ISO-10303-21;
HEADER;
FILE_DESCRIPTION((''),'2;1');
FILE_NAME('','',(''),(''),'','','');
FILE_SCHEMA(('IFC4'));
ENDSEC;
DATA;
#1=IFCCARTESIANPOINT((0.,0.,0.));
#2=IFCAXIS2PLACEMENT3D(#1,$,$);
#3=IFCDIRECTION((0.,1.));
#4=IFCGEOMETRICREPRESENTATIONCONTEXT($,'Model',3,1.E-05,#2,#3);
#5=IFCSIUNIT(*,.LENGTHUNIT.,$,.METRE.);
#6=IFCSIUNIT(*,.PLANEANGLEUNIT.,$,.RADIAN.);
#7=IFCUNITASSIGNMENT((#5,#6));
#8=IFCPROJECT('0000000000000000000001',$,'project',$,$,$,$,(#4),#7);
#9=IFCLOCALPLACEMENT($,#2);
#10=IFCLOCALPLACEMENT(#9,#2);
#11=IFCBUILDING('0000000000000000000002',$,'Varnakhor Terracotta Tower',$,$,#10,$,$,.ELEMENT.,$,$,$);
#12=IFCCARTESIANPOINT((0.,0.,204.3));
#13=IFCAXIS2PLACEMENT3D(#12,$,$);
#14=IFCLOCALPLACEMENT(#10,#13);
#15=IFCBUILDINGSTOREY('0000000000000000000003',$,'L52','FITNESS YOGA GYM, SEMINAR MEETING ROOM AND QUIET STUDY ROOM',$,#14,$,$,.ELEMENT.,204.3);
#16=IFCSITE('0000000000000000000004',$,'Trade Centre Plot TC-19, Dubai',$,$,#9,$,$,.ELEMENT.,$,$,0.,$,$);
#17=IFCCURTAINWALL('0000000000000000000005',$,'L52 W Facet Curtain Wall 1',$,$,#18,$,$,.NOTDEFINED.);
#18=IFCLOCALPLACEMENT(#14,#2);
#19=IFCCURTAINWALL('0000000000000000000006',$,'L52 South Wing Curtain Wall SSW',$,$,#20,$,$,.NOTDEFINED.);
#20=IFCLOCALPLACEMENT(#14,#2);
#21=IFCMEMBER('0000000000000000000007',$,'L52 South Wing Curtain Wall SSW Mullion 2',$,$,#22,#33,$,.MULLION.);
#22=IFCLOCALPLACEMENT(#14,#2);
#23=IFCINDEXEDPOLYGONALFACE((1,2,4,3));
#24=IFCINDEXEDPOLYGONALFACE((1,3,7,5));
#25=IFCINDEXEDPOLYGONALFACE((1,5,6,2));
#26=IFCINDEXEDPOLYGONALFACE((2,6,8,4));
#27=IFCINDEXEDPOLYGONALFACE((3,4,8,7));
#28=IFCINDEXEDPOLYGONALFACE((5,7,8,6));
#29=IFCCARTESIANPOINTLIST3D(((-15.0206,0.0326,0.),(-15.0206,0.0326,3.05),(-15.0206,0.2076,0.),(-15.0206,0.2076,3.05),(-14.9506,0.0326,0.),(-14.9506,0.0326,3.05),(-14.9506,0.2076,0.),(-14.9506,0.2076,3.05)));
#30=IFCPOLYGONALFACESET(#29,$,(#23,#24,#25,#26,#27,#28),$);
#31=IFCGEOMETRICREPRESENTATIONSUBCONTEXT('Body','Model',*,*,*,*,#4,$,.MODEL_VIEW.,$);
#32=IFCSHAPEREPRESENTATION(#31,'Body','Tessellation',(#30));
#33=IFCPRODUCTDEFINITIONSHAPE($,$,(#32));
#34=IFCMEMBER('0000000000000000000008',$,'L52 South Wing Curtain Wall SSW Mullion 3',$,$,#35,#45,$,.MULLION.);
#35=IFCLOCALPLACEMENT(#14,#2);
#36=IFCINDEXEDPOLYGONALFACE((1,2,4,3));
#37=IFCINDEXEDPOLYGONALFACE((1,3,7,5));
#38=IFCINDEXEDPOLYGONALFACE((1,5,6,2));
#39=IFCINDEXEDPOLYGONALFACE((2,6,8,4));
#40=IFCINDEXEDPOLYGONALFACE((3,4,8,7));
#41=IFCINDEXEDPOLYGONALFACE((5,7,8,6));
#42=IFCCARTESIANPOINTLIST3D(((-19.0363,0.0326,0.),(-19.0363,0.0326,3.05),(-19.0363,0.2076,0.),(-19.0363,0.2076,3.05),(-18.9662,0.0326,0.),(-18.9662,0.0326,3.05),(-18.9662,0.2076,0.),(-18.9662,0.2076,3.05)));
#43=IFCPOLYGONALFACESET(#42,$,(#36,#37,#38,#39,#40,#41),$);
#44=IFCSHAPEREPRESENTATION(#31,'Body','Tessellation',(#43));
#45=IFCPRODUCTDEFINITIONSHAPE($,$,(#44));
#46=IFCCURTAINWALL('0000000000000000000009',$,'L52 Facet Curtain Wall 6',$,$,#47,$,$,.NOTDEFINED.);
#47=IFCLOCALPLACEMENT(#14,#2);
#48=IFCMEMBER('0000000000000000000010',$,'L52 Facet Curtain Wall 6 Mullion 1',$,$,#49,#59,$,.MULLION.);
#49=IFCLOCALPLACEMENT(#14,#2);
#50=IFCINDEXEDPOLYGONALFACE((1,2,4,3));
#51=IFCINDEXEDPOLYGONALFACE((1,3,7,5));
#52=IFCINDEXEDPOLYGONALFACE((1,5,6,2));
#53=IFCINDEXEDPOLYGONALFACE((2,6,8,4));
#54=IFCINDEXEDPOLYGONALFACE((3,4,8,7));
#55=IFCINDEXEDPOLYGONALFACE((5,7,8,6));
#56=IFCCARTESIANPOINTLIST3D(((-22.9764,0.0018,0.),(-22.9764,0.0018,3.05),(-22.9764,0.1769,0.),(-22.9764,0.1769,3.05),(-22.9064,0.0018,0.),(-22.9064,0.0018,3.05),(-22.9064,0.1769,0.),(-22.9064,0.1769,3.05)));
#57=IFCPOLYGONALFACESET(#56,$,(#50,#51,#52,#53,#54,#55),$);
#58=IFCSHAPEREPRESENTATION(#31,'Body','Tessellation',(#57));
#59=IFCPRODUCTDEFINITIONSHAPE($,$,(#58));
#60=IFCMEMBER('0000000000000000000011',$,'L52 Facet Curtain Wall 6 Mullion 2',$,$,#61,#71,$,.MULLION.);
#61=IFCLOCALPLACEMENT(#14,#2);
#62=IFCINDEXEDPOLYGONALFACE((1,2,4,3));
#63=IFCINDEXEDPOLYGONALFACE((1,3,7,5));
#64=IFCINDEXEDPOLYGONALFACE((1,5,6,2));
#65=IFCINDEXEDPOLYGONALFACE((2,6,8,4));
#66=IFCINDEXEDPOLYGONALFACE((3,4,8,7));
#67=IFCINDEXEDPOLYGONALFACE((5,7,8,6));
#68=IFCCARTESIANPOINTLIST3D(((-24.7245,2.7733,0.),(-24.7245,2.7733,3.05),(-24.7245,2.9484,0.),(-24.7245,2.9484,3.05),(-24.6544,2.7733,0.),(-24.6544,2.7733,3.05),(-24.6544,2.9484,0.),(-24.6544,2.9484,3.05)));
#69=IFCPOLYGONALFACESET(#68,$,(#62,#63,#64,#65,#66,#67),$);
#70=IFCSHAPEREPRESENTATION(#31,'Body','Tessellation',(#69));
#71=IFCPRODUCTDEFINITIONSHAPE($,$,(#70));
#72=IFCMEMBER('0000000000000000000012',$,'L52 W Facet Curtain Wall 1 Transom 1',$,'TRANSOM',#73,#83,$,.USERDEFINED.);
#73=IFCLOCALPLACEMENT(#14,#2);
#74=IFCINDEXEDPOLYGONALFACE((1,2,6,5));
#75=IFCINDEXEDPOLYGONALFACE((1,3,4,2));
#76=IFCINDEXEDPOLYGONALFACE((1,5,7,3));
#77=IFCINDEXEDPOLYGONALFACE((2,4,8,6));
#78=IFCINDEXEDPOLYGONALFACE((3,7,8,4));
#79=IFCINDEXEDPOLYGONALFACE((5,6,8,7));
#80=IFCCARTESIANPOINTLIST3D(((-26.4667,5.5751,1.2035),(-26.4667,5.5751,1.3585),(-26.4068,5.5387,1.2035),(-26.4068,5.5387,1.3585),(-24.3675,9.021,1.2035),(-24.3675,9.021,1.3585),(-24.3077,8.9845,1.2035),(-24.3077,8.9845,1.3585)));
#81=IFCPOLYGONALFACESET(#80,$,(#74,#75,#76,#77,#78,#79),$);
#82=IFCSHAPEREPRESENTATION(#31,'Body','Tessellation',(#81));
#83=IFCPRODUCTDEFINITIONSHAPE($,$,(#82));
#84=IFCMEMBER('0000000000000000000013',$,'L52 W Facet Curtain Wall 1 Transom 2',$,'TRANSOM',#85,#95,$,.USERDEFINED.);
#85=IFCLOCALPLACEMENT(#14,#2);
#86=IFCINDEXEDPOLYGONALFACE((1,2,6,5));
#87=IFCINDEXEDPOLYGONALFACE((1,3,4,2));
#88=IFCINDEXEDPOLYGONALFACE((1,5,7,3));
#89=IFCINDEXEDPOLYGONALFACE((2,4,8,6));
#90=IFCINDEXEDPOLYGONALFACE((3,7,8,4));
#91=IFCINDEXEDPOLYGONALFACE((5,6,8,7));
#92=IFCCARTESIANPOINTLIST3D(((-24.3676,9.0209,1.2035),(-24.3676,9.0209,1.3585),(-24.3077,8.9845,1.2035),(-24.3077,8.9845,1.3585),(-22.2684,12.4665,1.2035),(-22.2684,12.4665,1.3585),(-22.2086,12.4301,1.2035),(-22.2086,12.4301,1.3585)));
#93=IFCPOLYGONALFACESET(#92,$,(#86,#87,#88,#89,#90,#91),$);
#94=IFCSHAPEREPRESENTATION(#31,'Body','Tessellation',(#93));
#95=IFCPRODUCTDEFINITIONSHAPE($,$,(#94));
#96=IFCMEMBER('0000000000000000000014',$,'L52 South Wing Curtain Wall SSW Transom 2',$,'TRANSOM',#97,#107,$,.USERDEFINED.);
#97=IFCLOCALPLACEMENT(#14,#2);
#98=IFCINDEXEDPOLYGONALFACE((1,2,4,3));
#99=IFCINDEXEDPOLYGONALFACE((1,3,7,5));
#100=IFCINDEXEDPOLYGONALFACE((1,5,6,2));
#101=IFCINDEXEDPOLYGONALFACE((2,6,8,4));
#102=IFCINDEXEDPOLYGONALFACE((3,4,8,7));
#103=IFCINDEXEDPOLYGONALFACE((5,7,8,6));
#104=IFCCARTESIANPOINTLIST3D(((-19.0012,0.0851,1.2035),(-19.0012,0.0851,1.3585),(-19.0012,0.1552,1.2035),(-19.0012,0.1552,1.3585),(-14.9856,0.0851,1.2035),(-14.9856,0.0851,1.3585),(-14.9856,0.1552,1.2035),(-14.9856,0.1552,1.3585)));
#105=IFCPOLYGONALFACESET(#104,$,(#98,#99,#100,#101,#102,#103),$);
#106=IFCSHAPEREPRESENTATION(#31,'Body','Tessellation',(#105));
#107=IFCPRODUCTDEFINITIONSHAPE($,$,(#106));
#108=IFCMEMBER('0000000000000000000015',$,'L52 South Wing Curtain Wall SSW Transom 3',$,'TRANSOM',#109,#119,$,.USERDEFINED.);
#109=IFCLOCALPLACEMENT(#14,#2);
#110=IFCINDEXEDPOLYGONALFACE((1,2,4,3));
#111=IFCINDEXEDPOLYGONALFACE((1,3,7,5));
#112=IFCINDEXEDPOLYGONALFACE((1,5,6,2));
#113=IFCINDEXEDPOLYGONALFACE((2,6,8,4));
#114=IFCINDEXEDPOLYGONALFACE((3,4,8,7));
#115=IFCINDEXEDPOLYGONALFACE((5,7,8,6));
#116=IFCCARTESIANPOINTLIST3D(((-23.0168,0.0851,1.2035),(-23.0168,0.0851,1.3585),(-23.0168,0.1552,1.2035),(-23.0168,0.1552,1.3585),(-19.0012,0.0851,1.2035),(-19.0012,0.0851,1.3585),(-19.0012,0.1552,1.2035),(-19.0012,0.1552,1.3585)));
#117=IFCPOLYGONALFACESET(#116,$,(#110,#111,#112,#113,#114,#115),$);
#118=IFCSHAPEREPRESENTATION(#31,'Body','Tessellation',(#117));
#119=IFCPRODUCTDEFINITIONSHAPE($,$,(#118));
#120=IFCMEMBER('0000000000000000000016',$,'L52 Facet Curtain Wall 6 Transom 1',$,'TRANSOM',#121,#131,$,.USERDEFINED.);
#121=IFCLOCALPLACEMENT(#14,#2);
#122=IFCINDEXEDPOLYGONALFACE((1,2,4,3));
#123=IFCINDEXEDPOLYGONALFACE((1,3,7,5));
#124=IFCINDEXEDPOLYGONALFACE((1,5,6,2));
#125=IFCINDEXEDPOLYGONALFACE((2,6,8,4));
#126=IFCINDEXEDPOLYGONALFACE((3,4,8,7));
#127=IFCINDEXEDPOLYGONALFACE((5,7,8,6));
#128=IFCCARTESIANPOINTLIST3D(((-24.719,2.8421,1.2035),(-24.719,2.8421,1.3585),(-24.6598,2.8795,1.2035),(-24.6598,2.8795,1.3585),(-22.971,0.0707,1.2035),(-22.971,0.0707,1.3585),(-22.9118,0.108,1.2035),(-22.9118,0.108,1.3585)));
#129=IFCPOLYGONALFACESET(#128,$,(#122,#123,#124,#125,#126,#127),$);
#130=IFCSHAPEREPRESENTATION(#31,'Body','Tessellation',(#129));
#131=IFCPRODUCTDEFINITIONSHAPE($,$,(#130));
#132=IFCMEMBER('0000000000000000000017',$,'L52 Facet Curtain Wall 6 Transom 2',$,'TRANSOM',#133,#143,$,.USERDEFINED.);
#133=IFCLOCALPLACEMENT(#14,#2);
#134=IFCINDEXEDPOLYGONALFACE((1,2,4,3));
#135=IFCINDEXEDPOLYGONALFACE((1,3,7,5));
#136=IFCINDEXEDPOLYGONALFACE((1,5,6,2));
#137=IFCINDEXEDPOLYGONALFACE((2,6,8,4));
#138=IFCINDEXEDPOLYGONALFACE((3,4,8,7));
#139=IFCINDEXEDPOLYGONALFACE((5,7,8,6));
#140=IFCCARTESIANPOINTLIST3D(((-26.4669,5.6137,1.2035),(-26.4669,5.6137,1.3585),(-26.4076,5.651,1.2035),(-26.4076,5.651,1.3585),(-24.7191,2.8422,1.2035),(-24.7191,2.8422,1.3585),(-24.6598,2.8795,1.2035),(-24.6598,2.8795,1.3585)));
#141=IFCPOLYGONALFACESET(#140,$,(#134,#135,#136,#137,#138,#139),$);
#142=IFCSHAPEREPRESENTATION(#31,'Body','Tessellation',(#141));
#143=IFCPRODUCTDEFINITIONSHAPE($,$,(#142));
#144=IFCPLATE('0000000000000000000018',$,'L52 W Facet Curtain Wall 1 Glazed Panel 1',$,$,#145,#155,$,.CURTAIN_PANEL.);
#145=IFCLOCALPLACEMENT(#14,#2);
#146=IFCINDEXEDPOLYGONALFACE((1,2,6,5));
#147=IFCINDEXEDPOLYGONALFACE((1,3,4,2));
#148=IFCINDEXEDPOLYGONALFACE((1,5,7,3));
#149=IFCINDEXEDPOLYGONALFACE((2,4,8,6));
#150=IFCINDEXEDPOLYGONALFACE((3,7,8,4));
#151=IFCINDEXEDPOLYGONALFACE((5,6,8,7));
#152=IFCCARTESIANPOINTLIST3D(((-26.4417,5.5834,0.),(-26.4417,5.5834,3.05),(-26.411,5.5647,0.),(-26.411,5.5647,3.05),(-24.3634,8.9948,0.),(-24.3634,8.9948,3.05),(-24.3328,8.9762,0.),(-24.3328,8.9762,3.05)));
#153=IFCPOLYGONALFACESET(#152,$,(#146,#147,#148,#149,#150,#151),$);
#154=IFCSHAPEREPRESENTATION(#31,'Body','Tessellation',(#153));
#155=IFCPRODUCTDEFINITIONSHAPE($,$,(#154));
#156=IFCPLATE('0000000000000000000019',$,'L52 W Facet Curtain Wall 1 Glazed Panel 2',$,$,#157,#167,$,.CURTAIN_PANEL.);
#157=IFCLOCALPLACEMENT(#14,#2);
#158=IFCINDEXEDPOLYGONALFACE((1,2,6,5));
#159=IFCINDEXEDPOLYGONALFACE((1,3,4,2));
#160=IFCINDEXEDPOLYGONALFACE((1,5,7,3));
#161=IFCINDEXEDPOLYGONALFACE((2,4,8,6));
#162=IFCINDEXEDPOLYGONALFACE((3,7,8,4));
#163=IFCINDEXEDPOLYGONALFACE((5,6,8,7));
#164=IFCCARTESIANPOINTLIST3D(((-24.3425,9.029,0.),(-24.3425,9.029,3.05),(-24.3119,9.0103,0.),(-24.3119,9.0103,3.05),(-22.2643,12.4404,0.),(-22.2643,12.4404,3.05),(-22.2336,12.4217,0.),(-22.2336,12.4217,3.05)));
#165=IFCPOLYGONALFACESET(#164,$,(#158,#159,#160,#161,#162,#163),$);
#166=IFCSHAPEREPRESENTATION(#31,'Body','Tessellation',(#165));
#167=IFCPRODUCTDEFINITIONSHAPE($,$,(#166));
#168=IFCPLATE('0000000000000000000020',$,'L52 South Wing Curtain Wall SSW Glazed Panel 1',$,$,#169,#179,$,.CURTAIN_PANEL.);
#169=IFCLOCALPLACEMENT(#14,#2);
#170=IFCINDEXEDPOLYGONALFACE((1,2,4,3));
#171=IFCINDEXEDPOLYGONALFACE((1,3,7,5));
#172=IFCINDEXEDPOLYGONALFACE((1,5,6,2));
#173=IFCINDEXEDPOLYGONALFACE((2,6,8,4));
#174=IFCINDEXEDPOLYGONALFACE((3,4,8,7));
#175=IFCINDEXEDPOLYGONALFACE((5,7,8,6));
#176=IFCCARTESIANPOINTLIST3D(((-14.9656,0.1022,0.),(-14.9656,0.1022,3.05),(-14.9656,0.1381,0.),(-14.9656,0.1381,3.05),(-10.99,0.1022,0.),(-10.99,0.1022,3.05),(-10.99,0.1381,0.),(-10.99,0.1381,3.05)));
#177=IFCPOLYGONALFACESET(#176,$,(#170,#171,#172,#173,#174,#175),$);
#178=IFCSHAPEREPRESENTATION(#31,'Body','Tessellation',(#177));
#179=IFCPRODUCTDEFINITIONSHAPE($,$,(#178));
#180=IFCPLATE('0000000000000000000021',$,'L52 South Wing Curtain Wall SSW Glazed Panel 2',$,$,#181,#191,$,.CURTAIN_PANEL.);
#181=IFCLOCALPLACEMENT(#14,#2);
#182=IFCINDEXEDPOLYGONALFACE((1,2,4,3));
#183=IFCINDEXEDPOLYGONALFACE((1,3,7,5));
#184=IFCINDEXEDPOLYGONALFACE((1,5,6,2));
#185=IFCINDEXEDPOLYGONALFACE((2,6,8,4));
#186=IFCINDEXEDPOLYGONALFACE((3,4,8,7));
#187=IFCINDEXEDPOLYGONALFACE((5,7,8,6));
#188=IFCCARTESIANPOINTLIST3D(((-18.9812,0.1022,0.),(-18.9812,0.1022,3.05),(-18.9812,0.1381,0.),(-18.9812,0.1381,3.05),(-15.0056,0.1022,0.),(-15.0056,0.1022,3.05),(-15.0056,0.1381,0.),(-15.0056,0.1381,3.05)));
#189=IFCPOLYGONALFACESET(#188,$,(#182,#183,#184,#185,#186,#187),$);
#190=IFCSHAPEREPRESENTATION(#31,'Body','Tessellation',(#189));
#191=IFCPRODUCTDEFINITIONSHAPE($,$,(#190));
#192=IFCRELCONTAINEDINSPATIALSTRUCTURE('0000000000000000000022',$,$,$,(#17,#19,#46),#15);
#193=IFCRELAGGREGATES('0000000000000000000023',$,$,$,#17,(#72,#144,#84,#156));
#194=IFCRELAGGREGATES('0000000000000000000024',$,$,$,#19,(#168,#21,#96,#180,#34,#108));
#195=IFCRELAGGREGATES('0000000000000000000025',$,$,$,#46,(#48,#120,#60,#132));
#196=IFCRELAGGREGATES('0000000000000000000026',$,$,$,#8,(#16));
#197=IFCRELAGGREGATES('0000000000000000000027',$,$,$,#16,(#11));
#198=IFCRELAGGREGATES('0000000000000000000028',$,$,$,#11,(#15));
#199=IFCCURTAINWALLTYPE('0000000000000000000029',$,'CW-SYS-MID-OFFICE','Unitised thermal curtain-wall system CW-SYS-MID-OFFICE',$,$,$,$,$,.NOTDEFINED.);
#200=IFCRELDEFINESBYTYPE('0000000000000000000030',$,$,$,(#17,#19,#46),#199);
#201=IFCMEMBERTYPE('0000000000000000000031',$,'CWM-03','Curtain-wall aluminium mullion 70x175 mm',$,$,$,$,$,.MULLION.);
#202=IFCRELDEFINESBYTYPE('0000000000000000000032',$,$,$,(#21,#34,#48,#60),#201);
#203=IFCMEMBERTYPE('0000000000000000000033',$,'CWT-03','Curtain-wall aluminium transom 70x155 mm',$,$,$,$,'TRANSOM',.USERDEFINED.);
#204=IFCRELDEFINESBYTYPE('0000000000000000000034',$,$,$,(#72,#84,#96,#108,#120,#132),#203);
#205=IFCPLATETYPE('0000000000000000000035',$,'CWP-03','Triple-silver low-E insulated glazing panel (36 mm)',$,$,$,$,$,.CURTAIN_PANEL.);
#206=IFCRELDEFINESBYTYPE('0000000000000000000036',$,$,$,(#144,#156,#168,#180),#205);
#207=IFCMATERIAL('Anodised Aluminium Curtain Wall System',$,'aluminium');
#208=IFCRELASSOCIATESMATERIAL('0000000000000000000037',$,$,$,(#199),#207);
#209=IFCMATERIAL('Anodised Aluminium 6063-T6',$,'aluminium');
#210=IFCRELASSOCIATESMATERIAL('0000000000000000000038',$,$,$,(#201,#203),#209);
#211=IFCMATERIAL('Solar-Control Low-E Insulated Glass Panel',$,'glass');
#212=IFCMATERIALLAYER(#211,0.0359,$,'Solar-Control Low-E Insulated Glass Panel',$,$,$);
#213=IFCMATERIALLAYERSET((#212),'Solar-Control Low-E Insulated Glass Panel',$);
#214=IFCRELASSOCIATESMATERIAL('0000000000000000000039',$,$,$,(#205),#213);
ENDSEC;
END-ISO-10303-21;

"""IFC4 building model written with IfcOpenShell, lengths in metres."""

from ifc_helpers import new_model, si_unit, direction, frame, origin, origin_2d, place, context, subcontext, project, spatial, rectangle, extrude, source, transform, mapped, material, layer, layer_set, material_profile, profile_set, type_object, element, aggregate, save


model = new_model("IFC4")

# Units and contexts
model_context = context("Model", 3, precision=1e-05, world=origin(), true_north=direction((0.0, 1.0)))
body_context = subcontext(model_context, "Body", "Model", "MODEL_VIEW")
ifc_project = project(units=[si_unit("LENGTHUNIT", "METRE"), si_unit("PLANEANGLEUNIT", "RADIAN")], contexts=[model_context])

# Site, building, storey
site_placement = place(None, origin())
site = spatial("IfcSite", under=ifc_project, at=site_placement, Name="Trade Centre Plot TC-19, Dubai", CompositionType="ELEMENT", RefElevation=0.0)
building_placement = place(site_placement, origin())
building = spatial("IfcBuilding", under=site, at=building_placement, Name="Varnakhor Terracotta Tower", CompositionType="ELEMENT")
storey_placement = place(building_placement, frame((0.0, 0.0, 204.3)))
storey = spatial("IfcBuildingStorey", under=building, at=storey_placement, Name="L52", Description="FITNESS YOGA GYM, SEMINAR MEETING ROOM AND QUIET STUDY ROOM", CompositionType="ELEMENT", Elevation=204.3)

# Curtain walls, members
ifc_material_1 = material(Name="Anodised Aluminium Curtain Wall System", Category="aluminium")
curtain_wall_type = type_object("IfcCurtainWallType", Name="CW-SYS-MID-OFFICE", Description="Unitised thermal curtain-wall system CW-SYS-MID-OFFICE", PredefinedType="NOTDEFINED", material=ifc_material_1)
curtain_wall_1_placement = place(storey_placement, origin())
curtain_wall_1 = element("IfcCurtainWall", 1, at=curtain_wall_1_placement, inside=storey, type_object=curtain_wall_type, Name="L52 W Facet Curtain Wall 1", PredefinedType="NOTDEFINED")
ifc_material_2 = material(Name="Anodised Aluminium 6063-T6", Category="aluminium")
ifc_material_profile_1 = material_profile(ifc_material_2, rectangle(XDim=0.0701, YDim=0.175, at=origin_2d()), Name="ALU MULLION 70x175")
ifc_profile_set_1 = profile_set([ifc_material_profile_1], Name="Anodised Aluminium 6063-T6")
member_type_1 = type_object("IfcMemberType", Name="CWM-03", Description="Curtain-wall aluminium mullion 70x175 mm", PredefinedType="MULLION", material=ifc_profile_set_1)
shared_shape_1 = source(origin(), body_context, "Body", "SweptSolid", [
    extrude(rectangle(XDim=0.0701, YDim=0.175, at=origin_2d()), origin(), (0.0, 0.0, 1.0), 3.05),
])
curtain_wall_2_placement = place(storey_placement, origin())
curtain_wall_2 = element("IfcCurtainWall", 2, at=curtain_wall_2_placement, inside=storey, type_object=curtain_wall_type, Name="L52 South Wing Curtain Wall SSW", PredefinedType="NOTDEFINED")
member_1_placement = place(storey_placement, frame((-14.9856, 0.1201, 0.0), z_axis=(0.0, 0.0, 1.0), x_axis=(1.0, 0.0, 0.0)))
member_1 = element("IfcMember", 3, at=member_1_placement, type_object=member_type_1, Name="L52 South Wing Curtain Wall SSW Mullion 2", PredefinedType="MULLION", context=body_context, shape_type="MappedRepresentation", body=[
    mapped(shared_shape_1, transform((0.0, 0.0, 0.0), scale=1.0)),
])
member_2_placement = place(storey_placement, frame((-19.0012, 0.1201, 0.0), z_axis=(0.0, 0.0, 1.0), x_axis=(1.0, 0.0, 0.0)))
member_2 = element("IfcMember", 4, at=member_2_placement, type_object=member_type_1, Name="L52 South Wing Curtain Wall SSW Mullion 3", PredefinedType="MULLION", context=body_context, shape_type="MappedRepresentation", body=[
    mapped(shared_shape_1, transform((0.0, 0.0, 0.0), scale=1.0)),
])
curtain_wall_3_placement = place(storey_placement, origin())
curtain_wall_3 = element("IfcCurtainWall", 5, at=curtain_wall_3_placement, inside=storey, type_object=curtain_wall_type, Name="L52 Facet Curtain Wall 6", PredefinedType="NOTDEFINED")
member_3_placement = place(storey_placement, frame((-22.9414, 0.0894, 0.0), z_axis=(0.0, 0.0, 1.0), x_axis=(1.0, 0.0, 0.0)))
member_3 = element("IfcMember", 6, at=member_3_placement, type_object=member_type_1, Name="L52 Facet Curtain Wall 6 Mullion 1", PredefinedType="MULLION", context=body_context, shape_type="MappedRepresentation", body=[
    mapped(shared_shape_1, transform((0.0, 0.0, 0.0), scale=1.0)),
])
member_4_placement = place(storey_placement, frame((-24.6895, 2.8608, 0.0), z_axis=(0.0, 0.0, 1.0), x_axis=(1.0, 0.0, 0.0)))
member_4 = element("IfcMember", 7, at=member_4_placement, type_object=member_type_1, Name="L52 Facet Curtain Wall 6 Mullion 2", PredefinedType="MULLION", context=body_context, shape_type="MappedRepresentation", body=[
    mapped(shared_shape_1, transform((0.0, 0.0, 0.0), scale=1.0)),
])

# Members
ifc_material_profile_2 = material_profile(ifc_material_2, rectangle(XDim=0.0701, YDim=0.155, at=origin_2d()), Name="ALU TRANSOM 70x155")
ifc_profile_set_2 = profile_set([ifc_material_profile_2], Name="Anodised Aluminium 6063-T6")
member_type_2 = type_object("IfcMemberType", Name="CWT-03", Description="Curtain-wall aluminium transom 70x155 mm", ElementType="TRANSOM", PredefinedType="USERDEFINED", material=ifc_profile_set_2)
shared_shape_2 = source(origin(), body_context, "Body", "SweptSolid", [
    extrude(rectangle(XDim=0.0701, YDim=0.155, at=origin_2d()), origin(), (0.0, 0.0, 1.0), 4.0349),
])
member_5_placement = place(storey_placement, frame((-26.4368, 5.5569, 1.281), z_axis=(0.52025, 0.854014, 0.0), x_axis=(-0.854014, 0.52025, 0.0)))
member_5 = element("IfcMember", 8, at=member_5_placement, type_object=member_type_2, Name="L52 W Facet Curtain Wall 1 Transom 1", ObjectType="TRANSOM", PredefinedType="USERDEFINED", context=body_context, shape_type="MappedRepresentation", body=[
    mapped(shared_shape_2, transform((0.0, 0.0, 0.0), scale=1.0)),
])
shared_shape_3 = source(origin(), body_context, "Body", "SweptSolid", [
    extrude(rectangle(XDim=0.0701, YDim=0.155, at=origin_2d()), origin(), (0.0, 0.0, 1.0), 4.0347),
])
member_6_placement = place(storey_placement, frame((-24.3376, 9.0027, 1.281), z_axis=(0.520277, 0.853998, 0.0), x_axis=(-0.853998, 0.520277, 0.0)))
member_6 = element("IfcMember", 9, at=member_6_placement, type_object=member_type_2, Name="L52 W Facet Curtain Wall 1 Transom 2", ObjectType="TRANSOM", PredefinedType="USERDEFINED", context=body_context, shape_type="MappedRepresentation", body=[
    mapped(shared_shape_3, transform((0.0, 0.0, 0.0), scale=1.0)),
])
shared_shape_4 = source(origin(), body_context, "Body", "SweptSolid", [
    extrude(rectangle(XDim=0.0701, YDim=0.155, at=origin_2d()), origin(), (0.0, 0.0, 1.0), 4.0156),
])
member_7_placement = place(storey_placement, frame((-14.9856, 0.1201, 1.281), z_axis=(-1.0, 0.0, 0.0), x_axis=(0.0, -1.0, 0.0)))
member_7 = element("IfcMember", 10, at=member_7_placement, type_object=member_type_2, Name="L52 South Wing Curtain Wall SSW Transom 2", ObjectType="TRANSOM", PredefinedType="USERDEFINED", context=body_context, shape_type="MappedRepresentation", body=[
    mapped(shared_shape_4, transform((0.0, 0.0, 0.0), scale=1.0)),
])
member_8_placement = place(storey_placement, frame((-19.0012, 0.1201, 1.281), z_axis=(-1.0, 0.0, 0.0), x_axis=(0.0, -1.0, 0.0)))
member_8 = element("IfcMember", 11, at=member_8_placement, type_object=member_type_2, Name="L52 South Wing Curtain Wall SSW Transom 3", ObjectType="TRANSOM", PredefinedType="USERDEFINED", context=body_context, shape_type="MappedRepresentation", body=[
    mapped(shared_shape_4, transform((0.0, 0.0, 0.0), scale=1.0)),
])
shared_shape_5 = source(origin(), body_context, "Body", "SweptSolid", [
    extrude(rectangle(XDim=0.0701, YDim=0.155, at=origin_2d()), origin(), (0.0, 0.0, 1.0), 3.2766),
])
member_9_placement = place(storey_placement, frame((-22.9414, 0.0894, 1.281), z_axis=(-0.533477, 0.845815, 0.0), x_axis=(-0.845815, -0.533477, 0.0)))
member_9 = element("IfcMember", 12, at=member_9_placement, type_object=member_type_2, Name="L52 Facet Curtain Wall 6 Transom 1", ObjectType="TRANSOM", PredefinedType="USERDEFINED", context=body_context, shape_type="MappedRepresentation", body=[
    mapped(shared_shape_5, transform((0.0, 0.0, 0.0), scale=1.0)),
])
member_10_placement = place(storey_placement, frame((-24.6895, 2.8608, 1.281), z_axis=(-0.533424, 0.845848, 0.0), x_axis=(-0.845848, -0.533424, 0.0)))
member_10 = element("IfcMember", 13, at=member_10_placement, type_object=member_type_2, Name="L52 Facet Curtain Wall 6 Transom 2", ObjectType="TRANSOM", PredefinedType="USERDEFINED", context=body_context, shape_type="MappedRepresentation", body=[
    mapped(shared_shape_5, transform((0.0, 0.0, 0.0), scale=1.0)),
])

# Plates
ifc_material_3 = material(Name="Solar-Control Low-E Insulated Glass Panel", Category="glass")
ifc_layer_1 = layer(ifc_material_3, 0.0359, Name="Solar-Control Low-E Insulated Glass Panel")
ifc_layer_set_1 = layer_set([ifc_layer_1], Name="Solar-Control Low-E Insulated Glass Panel")
plate_type = type_object("IfcPlateType", Name="CWP-03", Description="Triple-silver low-E insulated glazing panel (36 mm)", PredefinedType="CURTAIN_PANEL", material=ifc_layer_set_1)
shared_shape_6 = source(origin(), body_context, "Body", "SweptSolid", [
    extrude(rectangle(XDim=3.9946, YDim=0.0359, at=origin_2d()), origin(), (0.0, 0.0, 1.0), 3.05),
])
plate_1_placement = place(storey_placement, frame((-25.3872, 7.2798, 0.0), z_axis=(0.0, 0.0, 1.0), x_axis=(0.520265, 0.854005, 0.0)))
plate_1 = element("IfcPlate", 14, at=plate_1_placement, type_object=plate_type, Name="L52 W Facet Curtain Wall 1 Glazed Panel 1", PredefinedType="CURTAIN_PANEL", context=body_context, shape_type="MappedRepresentation", body=[
    mapped(shared_shape_6, transform((0.0, 0.0, 0.0), scale=1.0)),
])
plate_2_placement = place(storey_placement, frame((-23.2881, 10.7253, 0.0), z_axis=(0.0, 0.0, 1.0), x_axis=(0.520265, 0.854005, 0.0)))
plate_2 = element("IfcPlate", 15, at=plate_2_placement, type_object=plate_type, Name="L52 W Facet Curtain Wall 1 Glazed Panel 2", PredefinedType="CURTAIN_PANEL", context=body_context, shape_type="MappedRepresentation", body=[
    mapped(shared_shape_6, transform((0.0, 0.0, 0.0), scale=1.0)),
])
aggregate(curtain_wall_1, [member_5, plate_1, member_6, plate_2])
shared_shape_7 = source(origin(), body_context, "Body", "SweptSolid", [
    extrude(rectangle(XDim=3.9756, YDim=0.0359, at=origin_2d()), origin(), (0.0, 0.0, 1.0), 3.05),
])
plate_3_placement = place(storey_placement, frame((-12.9778, 0.1201, 0.0), z_axis=(0.0, 0.0, 1.0), x_axis=(-1.0, 0.0, 0.0)))
plate_3 = element("IfcPlate", 16, at=plate_3_placement, type_object=plate_type, Name="L52 South Wing Curtain Wall SSW Glazed Panel 1", PredefinedType="CURTAIN_PANEL", context=body_context, shape_type="MappedRepresentation", body=[
    mapped(shared_shape_7, transform((0.0, 0.0, 0.0), scale=1.0)),
])
plate_4_placement = place(storey_placement, frame((-16.9934, 0.1201, 0.0), z_axis=(0.0, 0.0, 1.0), x_axis=(-1.0, 0.0, 0.0)))
plate_4 = element("IfcPlate", 17, at=plate_4_placement, type_object=plate_type, Name="L52 South Wing Curtain Wall SSW Glazed Panel 2", PredefinedType="CURTAIN_PANEL", context=body_context, shape_type="MappedRepresentation", body=[
    mapped(shared_shape_7, transform((0.0, 0.0, 0.0), scale=1.0)),
])
aggregate(curtain_wall_2, [plate_3, member_1, member_7, plate_4, member_2, member_8])
aggregate(curtain_wall_3, [member_3, member_9, member_4, member_10])

save(model, "model.ifc")
